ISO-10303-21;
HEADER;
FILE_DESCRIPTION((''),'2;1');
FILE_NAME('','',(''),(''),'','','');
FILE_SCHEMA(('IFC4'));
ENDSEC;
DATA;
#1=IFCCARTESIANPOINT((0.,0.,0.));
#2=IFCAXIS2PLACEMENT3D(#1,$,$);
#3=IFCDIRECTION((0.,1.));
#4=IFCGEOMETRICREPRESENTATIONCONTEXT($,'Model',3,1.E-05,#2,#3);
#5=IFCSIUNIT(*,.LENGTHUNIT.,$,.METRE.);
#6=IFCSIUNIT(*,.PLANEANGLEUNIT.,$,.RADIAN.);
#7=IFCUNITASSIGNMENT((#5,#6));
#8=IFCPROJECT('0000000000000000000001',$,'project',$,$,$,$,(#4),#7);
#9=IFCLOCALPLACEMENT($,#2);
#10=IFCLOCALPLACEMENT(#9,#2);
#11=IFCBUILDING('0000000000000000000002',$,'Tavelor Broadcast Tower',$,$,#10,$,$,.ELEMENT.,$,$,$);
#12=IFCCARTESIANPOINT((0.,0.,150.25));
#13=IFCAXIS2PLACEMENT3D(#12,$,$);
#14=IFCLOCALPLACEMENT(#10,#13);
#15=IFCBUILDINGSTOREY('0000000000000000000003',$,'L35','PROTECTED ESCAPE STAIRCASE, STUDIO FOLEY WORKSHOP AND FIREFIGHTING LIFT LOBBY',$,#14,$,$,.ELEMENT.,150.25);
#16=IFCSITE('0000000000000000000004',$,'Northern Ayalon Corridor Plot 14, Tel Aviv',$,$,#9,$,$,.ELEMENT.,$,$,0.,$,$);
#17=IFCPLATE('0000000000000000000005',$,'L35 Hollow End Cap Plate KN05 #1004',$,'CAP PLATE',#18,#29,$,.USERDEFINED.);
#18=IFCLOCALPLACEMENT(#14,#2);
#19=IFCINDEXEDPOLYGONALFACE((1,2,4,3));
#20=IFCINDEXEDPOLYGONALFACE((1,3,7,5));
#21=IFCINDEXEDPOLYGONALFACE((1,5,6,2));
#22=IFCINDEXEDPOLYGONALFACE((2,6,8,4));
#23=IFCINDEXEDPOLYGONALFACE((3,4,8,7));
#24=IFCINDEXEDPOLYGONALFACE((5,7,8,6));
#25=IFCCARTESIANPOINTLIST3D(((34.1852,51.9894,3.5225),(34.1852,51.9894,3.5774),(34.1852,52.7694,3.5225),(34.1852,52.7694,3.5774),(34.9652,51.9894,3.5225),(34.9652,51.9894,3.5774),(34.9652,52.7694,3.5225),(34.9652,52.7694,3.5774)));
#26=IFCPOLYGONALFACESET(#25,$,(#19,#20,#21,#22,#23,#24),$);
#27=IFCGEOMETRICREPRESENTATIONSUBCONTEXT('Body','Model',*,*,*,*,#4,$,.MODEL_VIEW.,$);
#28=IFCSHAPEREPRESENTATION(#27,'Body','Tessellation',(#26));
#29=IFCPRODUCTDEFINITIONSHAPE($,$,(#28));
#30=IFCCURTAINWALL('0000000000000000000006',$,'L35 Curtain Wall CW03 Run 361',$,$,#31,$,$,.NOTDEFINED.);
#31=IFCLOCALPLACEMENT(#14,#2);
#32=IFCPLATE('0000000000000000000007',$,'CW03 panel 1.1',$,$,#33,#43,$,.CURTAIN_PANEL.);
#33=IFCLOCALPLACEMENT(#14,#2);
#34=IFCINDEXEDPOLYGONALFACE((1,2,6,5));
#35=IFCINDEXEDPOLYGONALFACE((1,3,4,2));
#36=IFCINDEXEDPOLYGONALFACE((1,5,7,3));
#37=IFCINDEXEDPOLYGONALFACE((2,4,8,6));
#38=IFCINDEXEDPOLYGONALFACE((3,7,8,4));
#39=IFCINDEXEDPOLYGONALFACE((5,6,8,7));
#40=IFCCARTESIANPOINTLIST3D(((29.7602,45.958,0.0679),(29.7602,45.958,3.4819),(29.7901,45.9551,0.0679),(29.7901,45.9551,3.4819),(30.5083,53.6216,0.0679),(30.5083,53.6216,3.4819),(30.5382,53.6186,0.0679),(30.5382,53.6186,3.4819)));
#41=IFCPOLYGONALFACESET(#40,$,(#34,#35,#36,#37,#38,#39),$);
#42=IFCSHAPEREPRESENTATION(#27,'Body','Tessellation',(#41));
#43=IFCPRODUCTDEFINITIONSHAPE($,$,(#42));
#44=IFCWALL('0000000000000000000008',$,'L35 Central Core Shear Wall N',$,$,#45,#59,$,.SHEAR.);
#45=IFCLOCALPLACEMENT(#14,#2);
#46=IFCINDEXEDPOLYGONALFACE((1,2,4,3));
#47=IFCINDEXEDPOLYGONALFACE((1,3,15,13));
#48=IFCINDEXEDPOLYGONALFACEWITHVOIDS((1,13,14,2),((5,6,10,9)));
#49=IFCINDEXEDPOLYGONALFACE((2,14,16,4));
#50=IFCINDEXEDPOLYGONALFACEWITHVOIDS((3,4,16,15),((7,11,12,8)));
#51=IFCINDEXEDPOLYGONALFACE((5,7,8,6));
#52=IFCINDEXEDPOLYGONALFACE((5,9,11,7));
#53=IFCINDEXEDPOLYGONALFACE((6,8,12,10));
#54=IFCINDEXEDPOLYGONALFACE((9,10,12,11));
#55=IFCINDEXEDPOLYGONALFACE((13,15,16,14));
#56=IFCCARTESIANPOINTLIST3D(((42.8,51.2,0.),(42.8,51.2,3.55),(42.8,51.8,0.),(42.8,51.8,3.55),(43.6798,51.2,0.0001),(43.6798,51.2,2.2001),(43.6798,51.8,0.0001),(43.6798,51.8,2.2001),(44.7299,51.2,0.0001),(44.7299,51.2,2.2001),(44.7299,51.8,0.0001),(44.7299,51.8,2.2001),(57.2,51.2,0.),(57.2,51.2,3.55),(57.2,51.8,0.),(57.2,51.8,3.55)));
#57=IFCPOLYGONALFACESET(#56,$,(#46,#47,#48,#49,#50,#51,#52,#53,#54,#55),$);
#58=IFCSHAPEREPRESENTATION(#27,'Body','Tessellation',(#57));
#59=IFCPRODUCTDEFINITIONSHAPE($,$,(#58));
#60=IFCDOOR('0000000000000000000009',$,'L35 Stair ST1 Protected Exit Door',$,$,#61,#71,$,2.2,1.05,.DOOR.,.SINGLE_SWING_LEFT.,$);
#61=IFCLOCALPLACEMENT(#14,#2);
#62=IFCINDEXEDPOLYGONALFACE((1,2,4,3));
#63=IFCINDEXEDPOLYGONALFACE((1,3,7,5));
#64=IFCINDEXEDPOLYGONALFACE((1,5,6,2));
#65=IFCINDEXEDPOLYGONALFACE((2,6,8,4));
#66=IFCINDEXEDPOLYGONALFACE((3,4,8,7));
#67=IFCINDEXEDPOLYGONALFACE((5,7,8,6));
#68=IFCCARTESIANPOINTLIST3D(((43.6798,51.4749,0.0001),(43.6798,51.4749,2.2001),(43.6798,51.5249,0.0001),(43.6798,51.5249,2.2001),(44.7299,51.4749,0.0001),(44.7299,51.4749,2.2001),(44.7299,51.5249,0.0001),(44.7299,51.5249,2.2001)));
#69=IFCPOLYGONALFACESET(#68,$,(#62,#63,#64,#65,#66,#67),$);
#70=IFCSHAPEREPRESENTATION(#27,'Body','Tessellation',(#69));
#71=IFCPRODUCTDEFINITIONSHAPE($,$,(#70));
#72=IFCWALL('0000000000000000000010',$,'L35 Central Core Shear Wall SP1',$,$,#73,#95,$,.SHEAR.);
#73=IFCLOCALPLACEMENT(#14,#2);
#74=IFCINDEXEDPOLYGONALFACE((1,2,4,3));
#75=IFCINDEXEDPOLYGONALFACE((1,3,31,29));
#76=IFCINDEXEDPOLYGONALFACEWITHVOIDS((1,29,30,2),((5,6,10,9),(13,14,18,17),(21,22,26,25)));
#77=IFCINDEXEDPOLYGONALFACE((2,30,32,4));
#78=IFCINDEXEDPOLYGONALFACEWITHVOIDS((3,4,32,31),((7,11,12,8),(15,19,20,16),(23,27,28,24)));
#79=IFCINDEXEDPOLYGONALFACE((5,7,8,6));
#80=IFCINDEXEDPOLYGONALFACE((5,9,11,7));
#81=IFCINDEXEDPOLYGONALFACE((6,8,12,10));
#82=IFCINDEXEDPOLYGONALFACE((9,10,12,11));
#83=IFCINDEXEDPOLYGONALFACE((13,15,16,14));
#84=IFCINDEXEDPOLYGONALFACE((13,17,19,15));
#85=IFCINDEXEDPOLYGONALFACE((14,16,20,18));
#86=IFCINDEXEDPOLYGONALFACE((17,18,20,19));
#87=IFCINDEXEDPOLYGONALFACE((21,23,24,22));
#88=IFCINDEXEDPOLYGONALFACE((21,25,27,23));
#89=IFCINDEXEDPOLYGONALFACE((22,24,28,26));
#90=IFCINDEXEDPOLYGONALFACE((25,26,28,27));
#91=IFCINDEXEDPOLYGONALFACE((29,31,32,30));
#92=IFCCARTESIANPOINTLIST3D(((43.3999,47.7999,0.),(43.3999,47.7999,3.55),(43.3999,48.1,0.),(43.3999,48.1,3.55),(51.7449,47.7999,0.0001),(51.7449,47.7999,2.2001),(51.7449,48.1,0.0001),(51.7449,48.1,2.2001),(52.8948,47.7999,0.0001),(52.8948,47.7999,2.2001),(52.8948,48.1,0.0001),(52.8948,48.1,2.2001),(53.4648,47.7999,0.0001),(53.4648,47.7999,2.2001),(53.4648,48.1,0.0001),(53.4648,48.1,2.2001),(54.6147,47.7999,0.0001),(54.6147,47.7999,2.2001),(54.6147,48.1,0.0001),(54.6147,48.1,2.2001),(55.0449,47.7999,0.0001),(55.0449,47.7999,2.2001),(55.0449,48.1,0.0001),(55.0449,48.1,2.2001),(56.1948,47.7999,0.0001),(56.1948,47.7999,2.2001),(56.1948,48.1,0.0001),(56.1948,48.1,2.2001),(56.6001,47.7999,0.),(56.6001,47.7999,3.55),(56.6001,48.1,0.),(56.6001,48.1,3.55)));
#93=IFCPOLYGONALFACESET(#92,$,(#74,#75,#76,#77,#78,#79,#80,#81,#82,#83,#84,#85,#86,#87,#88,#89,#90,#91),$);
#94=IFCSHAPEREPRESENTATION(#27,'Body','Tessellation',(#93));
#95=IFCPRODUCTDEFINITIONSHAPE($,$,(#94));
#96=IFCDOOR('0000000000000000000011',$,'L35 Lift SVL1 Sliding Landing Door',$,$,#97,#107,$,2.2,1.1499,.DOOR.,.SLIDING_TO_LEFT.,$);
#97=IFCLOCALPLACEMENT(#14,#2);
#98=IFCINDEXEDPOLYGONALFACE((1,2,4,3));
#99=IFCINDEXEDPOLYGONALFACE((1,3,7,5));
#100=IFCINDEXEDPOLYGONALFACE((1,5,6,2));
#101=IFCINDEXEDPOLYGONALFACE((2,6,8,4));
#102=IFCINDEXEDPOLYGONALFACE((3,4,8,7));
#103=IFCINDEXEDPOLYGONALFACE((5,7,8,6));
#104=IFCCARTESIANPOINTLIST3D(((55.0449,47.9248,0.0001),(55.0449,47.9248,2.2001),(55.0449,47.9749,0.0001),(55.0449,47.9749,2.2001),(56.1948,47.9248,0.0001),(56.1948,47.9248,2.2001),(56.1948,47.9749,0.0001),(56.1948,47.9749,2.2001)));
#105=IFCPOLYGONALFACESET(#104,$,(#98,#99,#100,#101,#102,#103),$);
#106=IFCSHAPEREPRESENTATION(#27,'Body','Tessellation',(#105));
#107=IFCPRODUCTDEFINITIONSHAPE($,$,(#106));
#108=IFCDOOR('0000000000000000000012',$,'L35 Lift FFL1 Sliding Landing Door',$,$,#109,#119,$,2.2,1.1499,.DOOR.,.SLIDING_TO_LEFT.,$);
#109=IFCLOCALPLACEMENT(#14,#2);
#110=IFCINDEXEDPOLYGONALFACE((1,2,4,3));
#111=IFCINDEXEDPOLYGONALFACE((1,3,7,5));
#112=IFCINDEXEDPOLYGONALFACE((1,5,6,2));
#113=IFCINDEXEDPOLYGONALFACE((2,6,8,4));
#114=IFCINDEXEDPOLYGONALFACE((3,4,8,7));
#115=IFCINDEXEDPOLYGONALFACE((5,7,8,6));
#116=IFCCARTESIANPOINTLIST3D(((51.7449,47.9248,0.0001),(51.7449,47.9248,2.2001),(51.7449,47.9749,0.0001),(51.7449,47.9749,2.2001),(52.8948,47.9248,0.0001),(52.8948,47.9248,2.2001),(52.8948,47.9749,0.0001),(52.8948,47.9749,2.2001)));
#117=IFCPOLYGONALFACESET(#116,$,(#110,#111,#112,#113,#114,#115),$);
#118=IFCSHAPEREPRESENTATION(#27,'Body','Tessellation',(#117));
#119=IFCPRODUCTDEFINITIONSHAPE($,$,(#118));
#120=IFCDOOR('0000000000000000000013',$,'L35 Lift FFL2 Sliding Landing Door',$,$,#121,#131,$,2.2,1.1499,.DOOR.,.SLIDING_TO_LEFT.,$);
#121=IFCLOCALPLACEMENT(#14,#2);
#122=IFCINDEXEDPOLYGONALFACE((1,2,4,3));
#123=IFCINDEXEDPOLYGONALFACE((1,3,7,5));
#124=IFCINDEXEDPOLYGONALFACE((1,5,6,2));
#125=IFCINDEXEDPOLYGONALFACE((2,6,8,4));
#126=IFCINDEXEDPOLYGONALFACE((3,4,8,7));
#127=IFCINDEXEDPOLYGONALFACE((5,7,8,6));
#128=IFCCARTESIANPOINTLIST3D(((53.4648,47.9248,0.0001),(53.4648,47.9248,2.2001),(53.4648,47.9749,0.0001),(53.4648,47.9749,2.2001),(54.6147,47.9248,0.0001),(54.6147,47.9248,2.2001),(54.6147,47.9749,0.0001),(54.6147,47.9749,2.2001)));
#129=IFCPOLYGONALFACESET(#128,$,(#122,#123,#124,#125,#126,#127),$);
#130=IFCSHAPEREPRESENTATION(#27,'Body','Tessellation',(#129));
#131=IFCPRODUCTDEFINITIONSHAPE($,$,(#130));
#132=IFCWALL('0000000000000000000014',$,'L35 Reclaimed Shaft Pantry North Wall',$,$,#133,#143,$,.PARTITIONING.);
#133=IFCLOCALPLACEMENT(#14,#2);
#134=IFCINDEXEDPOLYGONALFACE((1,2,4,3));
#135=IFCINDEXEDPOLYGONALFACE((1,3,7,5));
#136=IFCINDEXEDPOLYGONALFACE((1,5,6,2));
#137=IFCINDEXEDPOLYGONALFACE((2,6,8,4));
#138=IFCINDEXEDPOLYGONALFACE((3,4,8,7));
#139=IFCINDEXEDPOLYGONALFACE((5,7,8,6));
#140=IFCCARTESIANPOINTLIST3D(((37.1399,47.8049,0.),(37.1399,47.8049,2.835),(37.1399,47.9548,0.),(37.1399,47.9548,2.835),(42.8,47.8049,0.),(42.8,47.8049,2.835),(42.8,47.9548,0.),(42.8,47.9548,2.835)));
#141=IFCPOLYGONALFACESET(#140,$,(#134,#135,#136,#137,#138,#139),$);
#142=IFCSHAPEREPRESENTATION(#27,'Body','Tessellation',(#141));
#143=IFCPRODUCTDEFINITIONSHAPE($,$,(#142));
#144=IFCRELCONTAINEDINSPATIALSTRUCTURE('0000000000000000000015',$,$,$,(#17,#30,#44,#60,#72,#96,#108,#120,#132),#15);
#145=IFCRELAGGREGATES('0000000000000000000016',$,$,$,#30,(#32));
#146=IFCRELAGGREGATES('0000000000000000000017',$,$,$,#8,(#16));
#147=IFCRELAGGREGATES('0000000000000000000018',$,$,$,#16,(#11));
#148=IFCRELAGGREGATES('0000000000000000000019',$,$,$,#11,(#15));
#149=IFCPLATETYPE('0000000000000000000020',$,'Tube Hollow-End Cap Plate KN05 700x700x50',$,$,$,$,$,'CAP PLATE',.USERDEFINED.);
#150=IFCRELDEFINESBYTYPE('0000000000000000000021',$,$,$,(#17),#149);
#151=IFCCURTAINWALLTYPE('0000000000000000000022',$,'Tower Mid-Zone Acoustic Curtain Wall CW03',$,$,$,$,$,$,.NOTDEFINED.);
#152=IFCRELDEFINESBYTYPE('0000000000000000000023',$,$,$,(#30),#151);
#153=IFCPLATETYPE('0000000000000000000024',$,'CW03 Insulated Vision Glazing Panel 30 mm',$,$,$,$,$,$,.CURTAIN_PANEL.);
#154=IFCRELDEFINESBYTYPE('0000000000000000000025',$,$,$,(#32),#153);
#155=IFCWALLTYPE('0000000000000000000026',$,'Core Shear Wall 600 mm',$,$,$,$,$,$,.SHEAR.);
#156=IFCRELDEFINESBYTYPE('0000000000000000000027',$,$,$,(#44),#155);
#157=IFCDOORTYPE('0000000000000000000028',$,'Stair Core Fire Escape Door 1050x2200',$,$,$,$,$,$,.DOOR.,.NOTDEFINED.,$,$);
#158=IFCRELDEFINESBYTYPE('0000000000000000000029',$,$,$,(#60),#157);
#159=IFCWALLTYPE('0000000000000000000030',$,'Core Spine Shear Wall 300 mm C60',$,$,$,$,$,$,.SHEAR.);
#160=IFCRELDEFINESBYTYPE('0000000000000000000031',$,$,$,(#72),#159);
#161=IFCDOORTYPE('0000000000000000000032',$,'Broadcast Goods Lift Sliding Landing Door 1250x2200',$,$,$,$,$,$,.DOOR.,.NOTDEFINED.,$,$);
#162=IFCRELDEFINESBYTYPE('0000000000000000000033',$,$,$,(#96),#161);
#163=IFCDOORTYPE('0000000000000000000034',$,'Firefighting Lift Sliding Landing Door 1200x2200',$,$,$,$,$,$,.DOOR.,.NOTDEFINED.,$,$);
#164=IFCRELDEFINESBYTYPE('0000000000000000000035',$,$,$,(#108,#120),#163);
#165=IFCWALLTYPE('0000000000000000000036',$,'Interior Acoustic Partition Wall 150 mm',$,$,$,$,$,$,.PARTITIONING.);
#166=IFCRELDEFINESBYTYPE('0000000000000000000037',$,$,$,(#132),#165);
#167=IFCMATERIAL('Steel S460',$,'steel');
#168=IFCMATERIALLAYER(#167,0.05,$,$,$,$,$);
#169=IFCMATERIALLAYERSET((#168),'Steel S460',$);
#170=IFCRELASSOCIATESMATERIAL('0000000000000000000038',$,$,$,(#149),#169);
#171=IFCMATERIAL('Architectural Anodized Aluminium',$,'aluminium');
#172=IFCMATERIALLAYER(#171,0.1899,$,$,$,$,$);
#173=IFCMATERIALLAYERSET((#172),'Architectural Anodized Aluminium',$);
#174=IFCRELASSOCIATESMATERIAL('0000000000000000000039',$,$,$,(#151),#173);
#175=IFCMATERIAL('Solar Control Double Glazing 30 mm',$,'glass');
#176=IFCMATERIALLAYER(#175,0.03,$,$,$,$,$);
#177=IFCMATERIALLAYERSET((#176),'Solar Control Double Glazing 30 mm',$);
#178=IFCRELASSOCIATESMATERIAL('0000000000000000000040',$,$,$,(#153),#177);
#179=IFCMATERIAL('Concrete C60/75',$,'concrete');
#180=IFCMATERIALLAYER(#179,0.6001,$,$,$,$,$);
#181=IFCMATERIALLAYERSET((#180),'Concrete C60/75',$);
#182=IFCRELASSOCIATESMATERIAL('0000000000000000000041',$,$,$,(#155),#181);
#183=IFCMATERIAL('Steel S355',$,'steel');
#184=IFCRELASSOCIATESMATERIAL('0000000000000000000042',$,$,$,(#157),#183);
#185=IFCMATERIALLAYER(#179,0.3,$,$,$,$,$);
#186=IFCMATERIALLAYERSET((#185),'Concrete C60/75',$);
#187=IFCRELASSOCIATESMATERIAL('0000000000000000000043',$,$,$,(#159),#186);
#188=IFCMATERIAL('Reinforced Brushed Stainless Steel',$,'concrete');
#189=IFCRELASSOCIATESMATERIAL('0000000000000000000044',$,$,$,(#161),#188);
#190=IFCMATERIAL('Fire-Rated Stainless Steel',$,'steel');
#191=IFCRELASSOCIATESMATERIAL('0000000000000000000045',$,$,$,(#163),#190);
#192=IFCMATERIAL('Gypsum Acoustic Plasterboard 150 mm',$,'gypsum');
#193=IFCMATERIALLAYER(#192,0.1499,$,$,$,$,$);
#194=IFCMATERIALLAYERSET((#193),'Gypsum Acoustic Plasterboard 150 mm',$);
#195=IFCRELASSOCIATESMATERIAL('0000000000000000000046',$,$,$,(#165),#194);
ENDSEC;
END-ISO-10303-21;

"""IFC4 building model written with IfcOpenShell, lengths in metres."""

from ifc_helpers import new_model, si_unit, direction, frame, frame_2d, origin, origin_2d, place, context, subcontext, project, spatial, rectangle, extrude, source, transform, mapped, material, layer, layer_set, type_object, type_shapes, element, fill, aggregate, save


model = new_model("IFC4")

# Units and contexts
model_context = context("Model", 3, precision=1e-05, world=origin(), true_north=direction((0.0, 1.0)))
body_context = subcontext(model_context, "Body", "Model", "MODEL_VIEW")
ifc_project = project(units=[si_unit("LENGTHUNIT", "METRE"), si_unit("PLANEANGLEUNIT", "RADIAN")], contexts=[model_context])

# Site, building, storey
site_placement = place(None, origin())
site = spatial("IfcSite", under=ifc_project, at=site_placement, Name="Northern Ayalon Corridor Plot 14, Tel Aviv", CompositionType="ELEMENT", RefElevation=0.0)
building_placement = place(site_placement, origin())
building = spatial("IfcBuilding", under=site, at=building_placement, Name="Tavelor Broadcast Tower", CompositionType="ELEMENT")
storey_placement = place(building_placement, frame((0.0, 0.0, 150.25)))
storey = spatial("IfcBuildingStorey", under=building, at=storey_placement, Name="L35", Description="PROTECTED ESCAPE STAIRCASE, STUDIO FOLEY WORKSHOP AND FIREFIGHTING LIFT LOBBY", CompositionType="ELEMENT", Elevation=150.25)

# Shared definitions
ifc_material_1 = material(Name="Concrete C60/75", Category="concrete")
ifc_material_2 = material(Name="Steel S460", Category="steel")

# Shared definitions
ifc_material_3 = material(Name="Steel S355", Category="steel")

# Plate
ifc_layer_1 = layer(ifc_material_2, 0.05)
ifc_layer_set_1 = layer_set([ifc_layer_1], Name="Steel S460")
plate_type_1 = type_object("IfcPlateType", Name="Tube Hollow-End Cap Plate KN05 700x700x50", ElementType="CAP PLATE", PredefinedType="USERDEFINED", material=ifc_layer_set_1)
shared_shape_1 = source(origin(), body_context, "Body", "SweptSolid", [
    extrude(rectangle(XDim=0.78, YDim=0.78, at=origin_2d()), origin(), (0.0, 0.0, 1.0), 0.0549),
])
type_shapes(plate_type_1, [shared_shape_1])
for number, where, z_axis, x_axis, name in (
    (1, (34.5752, 52.3794, 3.5225), (0.0, 0.0, 1.0), (1.0, 0.0, 0.0), "L35 Hollow End Cap Plate KN05 #1004"),
):
    element("IfcPlate", number, at=place(storey_placement, frame(where, z_axis=z_axis, x_axis=x_axis)), inside=storey, type_object=plate_type_1, Name=name, ObjectType="CAP PLATE", PredefinedType="USERDEFINED", context=body_context, shape_type="MappedRepresentation", body=[
        mapped(shared_shape_1, transform((0.0, 0.0, 0.0), scale=1.0)),
    ])

# Curtain wall, plate
ifc_material_4 = material(Name="Architectural Anodized Aluminium", Category="aluminium")
ifc_layer_2 = layer(ifc_material_4, 0.1899)
ifc_layer_set_2 = layer_set([ifc_layer_2], Name="Architectural Anodized Aluminium")
curtain_wall_type = type_object("IfcCurtainWallType", Name="Tower Mid-Zone Acoustic Curtain Wall CW03", PredefinedType="NOTDEFINED", material=ifc_layer_set_2)
curtain_wall_placement = place(storey_placement, origin())
curtain_wall = element("IfcCurtainWall", 2, at=curtain_wall_placement, inside=storey, type_object=curtain_wall_type, Name="L35 Curtain Wall CW03 Run 361", PredefinedType="NOTDEFINED")
ifc_material_5 = material(Name="Solar Control Double Glazing 30 mm", Category="glass")
ifc_layer_3 = layer(ifc_material_5, 0.03)
ifc_layer_set_3 = layer_set([ifc_layer_3], Name="Solar Control Double Glazing 30 mm")
plate_type_2 = type_object("IfcPlateType", Name="CW03 Insulated Vision Glazing Panel 30 mm", PredefinedType="CURTAIN_PANEL", material=ifc_layer_set_3)
shared_shape_2 = source(origin(), body_context, "Body", "SweptSolid", [
    extrude(rectangle(XDim=7.7, YDim=0.03, at=origin_2d()), origin(), (0.0, 0.0, 1.0), 3.4141),
])
type_shapes(plate_type_2, [shared_shape_2])
plate_placement = place(storey_placement, frame((30.1492, 49.7883, 0.0679), z_axis=(0.0, 0.0, 1.0), x_axis=(-0.097156, -0.995269, 0.0)))
plate = element("IfcPlate", 3, at=plate_placement, type_object=plate_type_2, Name="CW03 panel 1.1", PredefinedType="CURTAIN_PANEL", context=body_context, shape_type="MappedRepresentation", body=[
    mapped(shared_shape_2, transform((0.0, 0.0, 0.0), scale=1.0)),
])
aggregate(curtain_wall, [plate])

# Wall, opening, door
ifc_layer_4 = layer(ifc_material_1, 0.6001)
ifc_layer_set_4 = layer_set([ifc_layer_4], Name="Concrete C60/75")
wall_type_1 = type_object("IfcWallType", Name="Core Shear Wall 600 mm", PredefinedType="SHEAR", material=ifc_layer_set_4)
wall_1_placement = place(storey_placement, frame((42.8, 51.5, 0.0), z_axis=(0.0, 0.0, 1.0), x_axis=(1.0, 0.0, 0.0)))
wall_1 = element("IfcWall", 4, at=wall_1_placement, inside=storey, type_object=wall_type_1, Name="L35 Central Core Shear Wall N", PredefinedType="SHEAR", context=body_context, shape_type="SweptSolid", body=[
    extrude(rectangle(XDim=14.3999, YDim=0.6001, at=frame_2d((7.2, 0.0))), origin(), (0.0, 0.0, 1.0), 3.55),
])
opening_1_placement = place(wall_1_placement, frame((0.8799, 0.0, 0.0)))
opening_1 = element("IfcOpeningElement", 5, at=opening_1_placement, cuts=wall_1, PredefinedType="OPENING", context=body_context, shape_type="SweptSolid", body=[
    extrude(rectangle(XDim=1.05, YDim=2.2, at=frame_2d((0.5249, 1.1001))), frame((0.0, 0.3101, 0.0), z_axis=(0.0, -1.0, 0.0), x_axis=(1.0, 0.0, 0.0)), (0.0, 0.0, 1.0), 0.6201),
])
door_type_1 = type_object("IfcDoorType", Name="Stair Core Fire Escape Door 1050x2200", OperationType="NOTDEFINED", PredefinedType="DOOR", material=ifc_material_3)
door_1_placement = place(opening_1_placement, origin())
door_1 = element("IfcDoor", 6, at=door_1_placement, inside=storey, type_object=door_type_1, Name="L35 Stair ST1 Protected Exit Door", OperationType="SINGLE_SWING_LEFT", OverallHeight=2.2, OverallWidth=1.05, PredefinedType="DOOR", context=body_context, shape_type="SweptSolid", body=[
    extrude(rectangle(XDim=1.05, YDim=2.2, at=frame_2d((0.5249, 1.1001))), frame((0.0, 0.0249, 0.0), z_axis=(0.0, -1.0, 0.0), x_axis=(1.0, 0.0, 0.0)), (0.0, 0.0, 1.0), 0.05),
])
fill(opening_1, door_1)

# Wall, openings, doors
ifc_layer_5 = layer(ifc_material_1, 0.3)
ifc_layer_set_5 = layer_set([ifc_layer_5], Name="Concrete C60/75")
wall_type_2 = type_object("IfcWallType", Name="Core Spine Shear Wall 300 mm C60", PredefinedType="SHEAR", material=ifc_layer_set_5)
wall_2_placement = place(storey_placement, frame((43.3999, 47.95, 0.0), z_axis=(0.0, 0.0, 1.0), x_axis=(1.0, 0.0, 0.0)))
wall_2 = element("IfcWall", 7, at=wall_2_placement, inside=storey, type_object=wall_type_2, Name="L35 Central Core Shear Wall SP1", PredefinedType="SHEAR", context=body_context, shape_type="SweptSolid", body=[
    extrude(rectangle(XDim=13.2002, YDim=0.3, at=frame_2d((6.6001, 0.0))), origin(), (0.0, 0.0, 1.0), 3.55),
])
opening_2_placement = place(wall_2_placement, frame((8.345, 0.0, 0.0)))
opening_2 = element("IfcOpeningElement", 8, at=opening_2_placement, cuts=wall_2, PredefinedType="OPENING", context=body_context, shape_type="SweptSolid", body=[
    extrude(rectangle(XDim=1.1499, YDim=2.2, at=frame_2d((0.575, 1.1001))), frame((0.0, 0.1602, 0.0), z_axis=(0.0, -1.0, 0.0), x_axis=(1.0, 0.0, 0.0)), (0.0, 0.0, 1.0), 0.3201),
])
opening_3_placement = place(wall_2_placement, frame((10.0649, 0.0, 0.0)))
opening_3 = element("IfcOpeningElement", 9, at=opening_3_placement, cuts=wall_2, PredefinedType="OPENING", context=body_context, shape_type="SweptSolid", body=[
    extrude(rectangle(XDim=1.1499, YDim=2.2, at=frame_2d((0.575, 1.1001))), frame((0.0, 0.1602, 0.0), z_axis=(0.0, -1.0, 0.0), x_axis=(1.0, 0.0, 0.0)), (0.0, 0.0, 1.0), 0.3201),
])
opening_4_placement = place(wall_2_placement, frame((11.645, 0.0, 0.0)))
opening_4 = element("IfcOpeningElement", 10, at=opening_4_placement, cuts=wall_2, PredefinedType="OPENING", context=body_context, shape_type="SweptSolid", body=[
    extrude(rectangle(XDim=1.1499, YDim=2.2, at=frame_2d((0.575, 1.1001))), frame((0.0, 0.1602, 0.0), z_axis=(0.0, -1.0, 0.0), x_axis=(1.0, 0.0, 0.0)), (0.0, 0.0, 1.0), 0.3201),
])
ifc_material_6 = material(Name="Reinforced Brushed Stainless Steel", Category="concrete")
door_type_2 = type_object("IfcDoorType", Name="Broadcast Goods Lift Sliding Landing Door 1250x2200", OperationType="NOTDEFINED", PredefinedType="DOOR", material=ifc_material_6)
door_2_placement = place(opening_4_placement, origin())
door_2 = element("IfcDoor", 11, at=door_2_placement, inside=storey, type_object=door_type_2, Name="L35 Lift SVL1 Sliding Landing Door", OperationType="SLIDING_TO_LEFT", OverallHeight=2.2, OverallWidth=1.1499, PredefinedType="DOOR", context=body_context, shape_type="SweptSolid", body=[
    extrude(rectangle(XDim=1.1499, YDim=2.2, at=frame_2d((0.575, 1.1001))), frame((0.0, 0.0249, 0.0), z_axis=(0.0, -1.0, 0.0), x_axis=(1.0, 0.0, 0.0)), (0.0, 0.0, 1.0), 0.05),
])
fill(opening_4, door_2)
ifc_material_7 = material(Name="Fire-Rated Stainless Steel", Category="steel")
door_type_3 = type_object("IfcDoorType", Name="Firefighting Lift Sliding Landing Door 1200x2200", OperationType="NOTDEFINED", PredefinedType="DOOR", material=ifc_material_7)
door_3_placement = place(opening_2_placement, origin())
door_3 = element("IfcDoor", 12, at=door_3_placement, inside=storey, type_object=door_type_3, Name="L35 Lift FFL1 Sliding Landing Door", OperationType="SLIDING_TO_LEFT", OverallHeight=2.2, OverallWidth=1.1499, PredefinedType="DOOR", context=body_context, shape_type="SweptSolid", body=[
    extrude(rectangle(XDim=1.1499, YDim=2.2, at=frame_2d((0.575, 1.1001))), frame((0.0, 0.0249, 0.0), z_axis=(0.0, -1.0, 0.0), x_axis=(1.0, 0.0, 0.0)), (0.0, 0.0, 1.0), 0.05),
])
fill(opening_2, door_3)
door_4_placement = place(opening_3_placement, origin())
door_4 = element("IfcDoor", 13, at=door_4_placement, inside=storey, type_object=door_type_3, Name="L35 Lift FFL2 Sliding Landing Door", OperationType="SLIDING_TO_LEFT", OverallHeight=2.2, OverallWidth=1.1499, PredefinedType="DOOR", context=body_context, shape_type="SweptSolid", body=[
    extrude(rectangle(XDim=1.1499, YDim=2.2, at=frame_2d((0.575, 1.1001))), frame((0.0, 0.0249, 0.0), z_axis=(0.0, -1.0, 0.0), x_axis=(1.0, 0.0, 0.0)), (0.0, 0.0, 1.0), 0.05),
])
fill(opening_3, door_4)

# Wall
ifc_material_8 = material(Name="Gypsum Acoustic Plasterboard 150 mm", Category="gypsum")
ifc_layer_6 = layer(ifc_material_8, 0.1499)
ifc_layer_set_6 = layer_set([ifc_layer_6], Name="Gypsum Acoustic Plasterboard 150 mm")
wall_type_3 = type_object("IfcWallType", Name="Interior Acoustic Partition Wall 150 mm", PredefinedType="PARTITIONING", material=ifc_layer_set_6)
wall_3_placement = place(storey_placement, frame((37.1399, 47.8799, 0.0), z_axis=(0.0, 0.0, 1.0), x_axis=(1.0, 0.0, 0.0)))
element("IfcWall", 14, at=wall_3_placement, inside=storey, type_object=wall_type_3, Name="L35 Reclaimed Shaft Pantry North Wall", PredefinedType="PARTITIONING", context=body_context, shape_type="SweptSolid", body=[
    extrude(rectangle(XDim=5.6602, YDim=0.1499, at=frame_2d((2.8301, 0.0))), origin(), (0.0, 0.0, 1.0), 2.835),
])

save(model, "model.ifc")
